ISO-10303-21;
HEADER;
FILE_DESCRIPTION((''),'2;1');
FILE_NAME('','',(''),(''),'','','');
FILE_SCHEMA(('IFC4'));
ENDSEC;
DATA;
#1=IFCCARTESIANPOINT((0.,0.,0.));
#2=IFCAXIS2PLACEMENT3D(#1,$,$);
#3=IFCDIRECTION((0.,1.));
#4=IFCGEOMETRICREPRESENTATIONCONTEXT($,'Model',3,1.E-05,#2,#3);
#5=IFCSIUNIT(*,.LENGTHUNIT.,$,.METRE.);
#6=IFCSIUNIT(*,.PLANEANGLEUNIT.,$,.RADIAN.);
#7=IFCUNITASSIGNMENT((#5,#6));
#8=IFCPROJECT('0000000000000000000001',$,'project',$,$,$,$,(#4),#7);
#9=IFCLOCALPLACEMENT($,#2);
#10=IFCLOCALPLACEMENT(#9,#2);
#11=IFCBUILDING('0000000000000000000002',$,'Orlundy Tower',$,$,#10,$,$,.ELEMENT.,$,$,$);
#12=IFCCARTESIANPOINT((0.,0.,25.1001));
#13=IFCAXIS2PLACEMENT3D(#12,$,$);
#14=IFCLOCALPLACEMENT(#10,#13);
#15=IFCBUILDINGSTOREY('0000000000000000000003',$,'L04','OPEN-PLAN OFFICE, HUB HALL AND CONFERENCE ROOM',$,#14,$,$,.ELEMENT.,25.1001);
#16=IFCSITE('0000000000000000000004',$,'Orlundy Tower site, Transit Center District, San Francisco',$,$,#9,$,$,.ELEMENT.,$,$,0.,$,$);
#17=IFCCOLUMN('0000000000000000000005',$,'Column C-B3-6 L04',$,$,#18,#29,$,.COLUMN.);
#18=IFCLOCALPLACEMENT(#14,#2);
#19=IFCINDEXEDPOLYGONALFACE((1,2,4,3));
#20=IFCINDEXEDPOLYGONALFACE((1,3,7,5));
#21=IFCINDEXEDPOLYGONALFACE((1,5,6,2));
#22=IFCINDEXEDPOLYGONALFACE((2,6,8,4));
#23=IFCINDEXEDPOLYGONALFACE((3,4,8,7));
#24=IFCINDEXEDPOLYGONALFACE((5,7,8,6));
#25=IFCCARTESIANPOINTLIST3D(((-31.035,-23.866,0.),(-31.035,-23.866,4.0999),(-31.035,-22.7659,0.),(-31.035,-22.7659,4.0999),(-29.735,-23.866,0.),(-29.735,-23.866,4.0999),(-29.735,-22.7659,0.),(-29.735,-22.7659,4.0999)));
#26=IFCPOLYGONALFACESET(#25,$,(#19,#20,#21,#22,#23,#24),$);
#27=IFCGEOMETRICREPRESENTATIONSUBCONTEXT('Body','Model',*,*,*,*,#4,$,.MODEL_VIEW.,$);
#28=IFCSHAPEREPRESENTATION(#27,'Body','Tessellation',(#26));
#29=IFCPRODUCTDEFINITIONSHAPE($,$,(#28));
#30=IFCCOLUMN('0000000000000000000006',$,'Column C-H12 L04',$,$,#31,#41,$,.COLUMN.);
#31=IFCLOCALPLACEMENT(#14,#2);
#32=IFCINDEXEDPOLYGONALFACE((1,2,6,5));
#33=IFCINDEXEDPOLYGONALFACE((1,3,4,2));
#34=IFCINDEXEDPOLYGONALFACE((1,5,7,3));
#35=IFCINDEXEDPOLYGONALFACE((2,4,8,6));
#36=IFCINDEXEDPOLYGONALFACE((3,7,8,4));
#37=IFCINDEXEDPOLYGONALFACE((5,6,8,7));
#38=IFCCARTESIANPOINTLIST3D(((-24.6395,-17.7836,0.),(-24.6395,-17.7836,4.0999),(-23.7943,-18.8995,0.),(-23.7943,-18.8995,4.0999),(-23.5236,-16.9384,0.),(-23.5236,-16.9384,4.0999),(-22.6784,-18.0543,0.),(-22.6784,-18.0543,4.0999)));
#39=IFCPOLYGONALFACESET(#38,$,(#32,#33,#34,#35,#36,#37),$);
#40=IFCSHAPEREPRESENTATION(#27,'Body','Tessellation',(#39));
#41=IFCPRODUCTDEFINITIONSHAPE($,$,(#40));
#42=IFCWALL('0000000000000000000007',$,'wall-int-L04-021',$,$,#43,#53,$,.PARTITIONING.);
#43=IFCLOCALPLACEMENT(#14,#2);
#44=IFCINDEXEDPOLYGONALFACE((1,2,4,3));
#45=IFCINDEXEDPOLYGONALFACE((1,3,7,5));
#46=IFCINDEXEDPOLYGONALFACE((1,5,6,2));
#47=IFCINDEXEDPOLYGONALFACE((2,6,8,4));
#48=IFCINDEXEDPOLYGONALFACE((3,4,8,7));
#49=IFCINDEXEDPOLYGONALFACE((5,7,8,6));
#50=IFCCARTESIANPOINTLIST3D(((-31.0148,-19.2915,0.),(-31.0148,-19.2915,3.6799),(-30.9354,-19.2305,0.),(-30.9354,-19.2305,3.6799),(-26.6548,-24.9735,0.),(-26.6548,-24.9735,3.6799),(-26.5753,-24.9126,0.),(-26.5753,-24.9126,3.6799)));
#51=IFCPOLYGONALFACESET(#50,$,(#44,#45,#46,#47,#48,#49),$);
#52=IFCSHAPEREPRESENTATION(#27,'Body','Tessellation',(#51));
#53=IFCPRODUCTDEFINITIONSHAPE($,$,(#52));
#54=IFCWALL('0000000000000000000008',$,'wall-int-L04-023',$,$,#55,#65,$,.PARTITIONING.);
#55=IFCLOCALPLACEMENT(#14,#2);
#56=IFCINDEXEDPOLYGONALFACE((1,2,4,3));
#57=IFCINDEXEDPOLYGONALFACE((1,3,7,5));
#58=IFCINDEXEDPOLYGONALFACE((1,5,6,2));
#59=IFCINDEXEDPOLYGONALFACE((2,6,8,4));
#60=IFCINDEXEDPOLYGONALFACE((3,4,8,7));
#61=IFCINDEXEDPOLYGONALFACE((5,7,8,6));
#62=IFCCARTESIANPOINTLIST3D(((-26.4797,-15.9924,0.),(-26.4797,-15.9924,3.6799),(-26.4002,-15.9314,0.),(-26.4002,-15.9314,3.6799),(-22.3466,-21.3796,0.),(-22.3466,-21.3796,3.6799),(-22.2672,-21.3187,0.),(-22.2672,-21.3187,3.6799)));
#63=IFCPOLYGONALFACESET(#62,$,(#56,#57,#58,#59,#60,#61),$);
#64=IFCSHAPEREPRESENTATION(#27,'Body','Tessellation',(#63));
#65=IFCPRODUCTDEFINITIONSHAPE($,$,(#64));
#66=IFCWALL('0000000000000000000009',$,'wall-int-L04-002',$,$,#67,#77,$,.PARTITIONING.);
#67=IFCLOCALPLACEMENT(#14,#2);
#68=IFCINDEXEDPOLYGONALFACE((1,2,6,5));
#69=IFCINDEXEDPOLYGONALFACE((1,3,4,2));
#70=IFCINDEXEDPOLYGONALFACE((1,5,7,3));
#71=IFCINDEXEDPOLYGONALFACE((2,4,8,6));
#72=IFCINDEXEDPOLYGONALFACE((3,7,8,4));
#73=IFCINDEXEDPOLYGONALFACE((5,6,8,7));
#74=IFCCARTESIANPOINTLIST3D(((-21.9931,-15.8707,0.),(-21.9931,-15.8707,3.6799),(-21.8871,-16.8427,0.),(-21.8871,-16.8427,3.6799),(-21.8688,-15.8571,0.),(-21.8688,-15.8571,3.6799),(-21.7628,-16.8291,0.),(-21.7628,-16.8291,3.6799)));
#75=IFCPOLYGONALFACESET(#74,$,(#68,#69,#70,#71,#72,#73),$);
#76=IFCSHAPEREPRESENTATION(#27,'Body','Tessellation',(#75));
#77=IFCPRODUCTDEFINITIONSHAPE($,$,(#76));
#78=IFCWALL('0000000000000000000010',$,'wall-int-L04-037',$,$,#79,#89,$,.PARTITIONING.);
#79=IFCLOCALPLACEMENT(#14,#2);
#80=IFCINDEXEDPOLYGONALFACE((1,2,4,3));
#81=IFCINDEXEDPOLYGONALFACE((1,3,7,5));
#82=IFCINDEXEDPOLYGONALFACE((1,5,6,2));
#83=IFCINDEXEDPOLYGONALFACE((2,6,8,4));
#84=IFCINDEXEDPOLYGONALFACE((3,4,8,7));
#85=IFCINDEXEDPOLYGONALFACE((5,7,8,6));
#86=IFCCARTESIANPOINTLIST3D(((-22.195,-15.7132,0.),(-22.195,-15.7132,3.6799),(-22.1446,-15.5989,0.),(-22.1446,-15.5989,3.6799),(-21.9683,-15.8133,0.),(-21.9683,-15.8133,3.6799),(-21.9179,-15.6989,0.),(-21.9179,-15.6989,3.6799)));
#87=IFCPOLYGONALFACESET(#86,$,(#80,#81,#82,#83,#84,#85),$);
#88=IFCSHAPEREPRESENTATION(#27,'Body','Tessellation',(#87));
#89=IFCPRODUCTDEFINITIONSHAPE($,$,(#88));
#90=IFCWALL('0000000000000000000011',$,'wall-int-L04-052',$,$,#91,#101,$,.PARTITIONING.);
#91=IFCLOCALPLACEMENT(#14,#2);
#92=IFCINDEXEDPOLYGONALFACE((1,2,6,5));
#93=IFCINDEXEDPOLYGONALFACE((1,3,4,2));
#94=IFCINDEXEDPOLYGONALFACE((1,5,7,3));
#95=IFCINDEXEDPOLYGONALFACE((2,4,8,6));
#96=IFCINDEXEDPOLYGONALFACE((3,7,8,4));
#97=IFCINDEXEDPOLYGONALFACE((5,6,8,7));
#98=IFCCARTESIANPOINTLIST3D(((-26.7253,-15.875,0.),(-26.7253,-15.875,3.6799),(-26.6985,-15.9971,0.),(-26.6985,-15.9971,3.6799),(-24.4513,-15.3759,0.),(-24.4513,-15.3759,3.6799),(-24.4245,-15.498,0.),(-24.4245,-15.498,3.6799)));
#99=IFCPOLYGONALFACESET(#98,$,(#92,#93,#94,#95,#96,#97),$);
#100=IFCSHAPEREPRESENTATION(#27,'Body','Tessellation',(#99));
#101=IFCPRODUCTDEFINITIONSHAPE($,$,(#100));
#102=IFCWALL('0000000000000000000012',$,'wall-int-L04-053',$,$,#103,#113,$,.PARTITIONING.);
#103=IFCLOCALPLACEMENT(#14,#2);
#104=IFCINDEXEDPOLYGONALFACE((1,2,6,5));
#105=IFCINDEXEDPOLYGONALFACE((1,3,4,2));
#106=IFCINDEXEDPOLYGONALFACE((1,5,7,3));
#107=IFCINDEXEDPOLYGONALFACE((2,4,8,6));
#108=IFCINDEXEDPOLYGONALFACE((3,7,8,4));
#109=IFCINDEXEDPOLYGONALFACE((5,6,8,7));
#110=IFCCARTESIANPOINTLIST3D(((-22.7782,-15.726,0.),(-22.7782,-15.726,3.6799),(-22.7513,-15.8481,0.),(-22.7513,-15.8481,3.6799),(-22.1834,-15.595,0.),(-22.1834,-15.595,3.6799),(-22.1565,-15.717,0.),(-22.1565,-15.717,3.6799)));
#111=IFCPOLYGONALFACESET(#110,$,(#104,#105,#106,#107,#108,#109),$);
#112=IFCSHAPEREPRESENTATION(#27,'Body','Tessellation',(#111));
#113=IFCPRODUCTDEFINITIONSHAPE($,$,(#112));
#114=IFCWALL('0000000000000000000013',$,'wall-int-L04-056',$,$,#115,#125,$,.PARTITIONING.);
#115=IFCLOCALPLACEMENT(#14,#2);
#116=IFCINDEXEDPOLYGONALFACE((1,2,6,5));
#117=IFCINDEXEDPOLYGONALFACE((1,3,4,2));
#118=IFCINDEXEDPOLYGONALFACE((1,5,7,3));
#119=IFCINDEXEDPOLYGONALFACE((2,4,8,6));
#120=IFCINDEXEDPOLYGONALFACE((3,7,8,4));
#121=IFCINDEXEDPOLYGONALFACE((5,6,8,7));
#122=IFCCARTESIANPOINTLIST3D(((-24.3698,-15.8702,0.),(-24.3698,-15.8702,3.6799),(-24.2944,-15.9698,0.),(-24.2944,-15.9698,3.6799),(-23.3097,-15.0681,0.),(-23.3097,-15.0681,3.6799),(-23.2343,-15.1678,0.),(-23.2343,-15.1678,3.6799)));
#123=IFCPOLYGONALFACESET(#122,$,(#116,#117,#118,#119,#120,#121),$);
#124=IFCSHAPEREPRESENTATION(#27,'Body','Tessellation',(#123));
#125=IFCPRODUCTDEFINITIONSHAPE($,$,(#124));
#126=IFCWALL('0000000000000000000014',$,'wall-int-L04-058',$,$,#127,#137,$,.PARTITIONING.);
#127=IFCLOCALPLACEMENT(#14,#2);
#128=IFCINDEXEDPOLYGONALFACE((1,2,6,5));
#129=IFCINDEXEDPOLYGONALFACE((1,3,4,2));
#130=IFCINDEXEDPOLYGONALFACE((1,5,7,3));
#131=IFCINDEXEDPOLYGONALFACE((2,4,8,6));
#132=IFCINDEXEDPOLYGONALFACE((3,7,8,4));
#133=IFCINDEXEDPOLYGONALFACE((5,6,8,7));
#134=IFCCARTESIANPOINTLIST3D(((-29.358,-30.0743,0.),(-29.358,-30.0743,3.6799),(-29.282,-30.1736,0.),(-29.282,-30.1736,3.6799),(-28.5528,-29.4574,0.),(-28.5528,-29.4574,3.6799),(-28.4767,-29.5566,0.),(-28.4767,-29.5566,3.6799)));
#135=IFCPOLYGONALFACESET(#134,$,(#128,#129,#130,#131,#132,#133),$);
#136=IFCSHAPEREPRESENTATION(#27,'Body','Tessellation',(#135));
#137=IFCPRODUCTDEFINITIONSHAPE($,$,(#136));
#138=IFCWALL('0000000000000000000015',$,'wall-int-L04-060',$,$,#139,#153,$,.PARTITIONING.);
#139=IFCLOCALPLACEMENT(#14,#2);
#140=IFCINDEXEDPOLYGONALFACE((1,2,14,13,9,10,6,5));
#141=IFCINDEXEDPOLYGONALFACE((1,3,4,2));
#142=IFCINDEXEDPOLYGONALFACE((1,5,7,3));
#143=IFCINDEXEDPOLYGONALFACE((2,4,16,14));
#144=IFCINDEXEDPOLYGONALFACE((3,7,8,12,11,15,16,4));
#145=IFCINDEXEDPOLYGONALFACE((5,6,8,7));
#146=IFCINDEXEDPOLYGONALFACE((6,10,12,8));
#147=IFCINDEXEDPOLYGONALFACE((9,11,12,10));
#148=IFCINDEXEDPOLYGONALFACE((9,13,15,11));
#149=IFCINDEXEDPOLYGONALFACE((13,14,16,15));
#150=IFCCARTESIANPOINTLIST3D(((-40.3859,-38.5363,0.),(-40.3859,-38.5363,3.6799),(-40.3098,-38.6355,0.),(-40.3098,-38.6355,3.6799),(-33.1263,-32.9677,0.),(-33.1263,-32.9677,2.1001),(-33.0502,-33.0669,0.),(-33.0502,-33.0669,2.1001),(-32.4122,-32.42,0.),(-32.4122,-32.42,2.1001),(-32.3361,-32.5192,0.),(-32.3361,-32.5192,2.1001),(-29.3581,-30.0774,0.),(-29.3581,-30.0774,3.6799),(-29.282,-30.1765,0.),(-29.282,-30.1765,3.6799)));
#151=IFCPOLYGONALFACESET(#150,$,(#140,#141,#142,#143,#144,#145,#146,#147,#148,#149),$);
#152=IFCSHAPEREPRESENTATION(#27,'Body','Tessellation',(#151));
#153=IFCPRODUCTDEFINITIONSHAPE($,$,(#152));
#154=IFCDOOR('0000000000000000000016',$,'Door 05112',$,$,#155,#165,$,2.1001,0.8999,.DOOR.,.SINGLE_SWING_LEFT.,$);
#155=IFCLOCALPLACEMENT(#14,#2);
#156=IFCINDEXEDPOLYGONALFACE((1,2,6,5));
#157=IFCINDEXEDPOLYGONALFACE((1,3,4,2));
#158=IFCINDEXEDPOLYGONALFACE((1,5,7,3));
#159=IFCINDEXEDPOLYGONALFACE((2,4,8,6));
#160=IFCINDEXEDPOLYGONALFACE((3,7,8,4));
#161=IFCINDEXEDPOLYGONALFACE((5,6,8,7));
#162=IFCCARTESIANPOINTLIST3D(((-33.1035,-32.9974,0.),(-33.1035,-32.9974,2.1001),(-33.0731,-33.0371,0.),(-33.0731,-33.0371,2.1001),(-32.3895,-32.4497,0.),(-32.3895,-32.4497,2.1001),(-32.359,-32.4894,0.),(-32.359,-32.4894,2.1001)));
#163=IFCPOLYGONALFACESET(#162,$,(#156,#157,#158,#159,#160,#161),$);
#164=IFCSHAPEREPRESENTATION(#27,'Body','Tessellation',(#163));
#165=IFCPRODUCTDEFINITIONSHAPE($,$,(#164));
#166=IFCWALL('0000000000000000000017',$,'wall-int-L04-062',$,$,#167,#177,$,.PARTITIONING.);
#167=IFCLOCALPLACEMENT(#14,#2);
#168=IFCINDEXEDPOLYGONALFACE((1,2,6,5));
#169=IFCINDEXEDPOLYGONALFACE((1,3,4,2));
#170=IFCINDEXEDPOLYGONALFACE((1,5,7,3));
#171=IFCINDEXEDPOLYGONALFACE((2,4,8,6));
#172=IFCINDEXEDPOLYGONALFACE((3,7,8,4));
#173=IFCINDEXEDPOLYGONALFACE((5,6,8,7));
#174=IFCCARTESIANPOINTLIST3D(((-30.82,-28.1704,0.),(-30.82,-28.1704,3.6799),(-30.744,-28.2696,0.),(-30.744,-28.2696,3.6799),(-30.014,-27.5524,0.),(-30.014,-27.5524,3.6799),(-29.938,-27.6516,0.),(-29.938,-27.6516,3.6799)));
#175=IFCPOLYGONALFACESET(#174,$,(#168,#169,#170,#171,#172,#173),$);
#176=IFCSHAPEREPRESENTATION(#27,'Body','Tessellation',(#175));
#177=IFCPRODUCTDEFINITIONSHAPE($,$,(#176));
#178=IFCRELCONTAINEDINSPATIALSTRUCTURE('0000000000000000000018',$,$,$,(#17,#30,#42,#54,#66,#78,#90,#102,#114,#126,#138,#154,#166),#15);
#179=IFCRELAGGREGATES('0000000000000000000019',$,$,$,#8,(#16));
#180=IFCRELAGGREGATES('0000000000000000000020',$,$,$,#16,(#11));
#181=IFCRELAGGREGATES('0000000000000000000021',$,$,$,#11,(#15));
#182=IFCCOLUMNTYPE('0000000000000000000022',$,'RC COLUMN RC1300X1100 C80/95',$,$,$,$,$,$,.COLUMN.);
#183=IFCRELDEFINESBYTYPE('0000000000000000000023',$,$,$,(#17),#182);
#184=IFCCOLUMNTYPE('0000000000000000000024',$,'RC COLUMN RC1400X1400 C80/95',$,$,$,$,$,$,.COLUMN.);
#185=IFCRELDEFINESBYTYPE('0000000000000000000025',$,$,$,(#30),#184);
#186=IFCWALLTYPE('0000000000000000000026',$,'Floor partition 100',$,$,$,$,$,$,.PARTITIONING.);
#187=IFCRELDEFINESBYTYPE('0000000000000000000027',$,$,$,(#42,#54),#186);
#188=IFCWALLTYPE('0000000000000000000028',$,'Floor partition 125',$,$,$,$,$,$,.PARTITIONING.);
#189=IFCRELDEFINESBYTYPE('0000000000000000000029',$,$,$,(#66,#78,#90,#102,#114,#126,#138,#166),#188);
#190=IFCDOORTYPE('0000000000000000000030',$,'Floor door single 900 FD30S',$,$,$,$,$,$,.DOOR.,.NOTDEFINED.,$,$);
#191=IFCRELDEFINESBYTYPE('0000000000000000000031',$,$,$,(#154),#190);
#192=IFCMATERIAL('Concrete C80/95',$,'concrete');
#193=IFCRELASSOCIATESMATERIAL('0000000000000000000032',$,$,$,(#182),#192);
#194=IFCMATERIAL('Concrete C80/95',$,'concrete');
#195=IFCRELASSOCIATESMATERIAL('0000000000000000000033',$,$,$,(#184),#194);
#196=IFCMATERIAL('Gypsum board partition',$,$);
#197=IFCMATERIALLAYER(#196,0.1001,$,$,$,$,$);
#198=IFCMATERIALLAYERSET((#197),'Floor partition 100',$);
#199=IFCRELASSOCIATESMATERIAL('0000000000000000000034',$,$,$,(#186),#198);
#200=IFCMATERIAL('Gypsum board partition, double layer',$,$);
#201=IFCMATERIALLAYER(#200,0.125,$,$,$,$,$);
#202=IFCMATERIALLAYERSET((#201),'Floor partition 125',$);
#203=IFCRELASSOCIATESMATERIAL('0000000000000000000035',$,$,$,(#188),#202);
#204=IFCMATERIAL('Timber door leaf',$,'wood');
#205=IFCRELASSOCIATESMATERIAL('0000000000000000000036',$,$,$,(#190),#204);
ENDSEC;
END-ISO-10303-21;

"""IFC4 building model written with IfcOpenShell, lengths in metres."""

from ifc_helpers import new_model, si_unit, direction, frame, frame_2d, origin, origin_2d, place, context, subcontext, project, spatial, rectangle, extrude, material, layer, layer_set, material_profile, profile_set, type_object, element, fill, save


model = new_model("IFC4")

# Units and contexts
model_context = context("Model", 3, precision=1e-05, world=origin(), true_north=direction((0.0, 1.0)))
body_context = subcontext(model_context, "Body", "Model", "MODEL_VIEW")
ifc_project = project(units=[si_unit("LENGTHUNIT", "METRE"), si_unit("PLANEANGLEUNIT", "RADIAN")], contexts=[model_context])

# Site, building, storey
site_placement = place(None, origin())
site = spatial("IfcSite", under=ifc_project, at=site_placement, Name="Orlundy Tower site, Transit Center District, San Francisco", CompositionType="ELEMENT", RefElevation=0.0)
building_placement = place(site_placement, origin())
building = spatial("IfcBuilding", under=site, at=building_placement, Name="Orlundy Tower", CompositionType="ELEMENT")
storey_placement = place(building_placement, frame((0.0, 0.0, 25.1001)))
storey = spatial("IfcBuildingStorey", under=building, at=storey_placement, Name="L04", Description="OPEN-PLAN OFFICE, HUB HALL AND CONFERENCE ROOM", CompositionType="ELEMENT", Elevation=25.1001)

# Columns
ifc_material_1 = material(Name="Concrete C80/95", Category="concrete")
ifc_material_profile_1 = material_profile(ifc_material_1, rectangle(XDim=1.3, YDim=1.1001, at=origin_2d()), Name="RC1300X1100")
ifc_profile_set_1 = profile_set([ifc_material_profile_1], Name="Concrete C80/95")
column_type_1 = type_object("IfcColumnType", Name="RC COLUMN RC1300X1100 C80/95", PredefinedType="COLUMN", material=ifc_profile_set_1)
column_1_placement = place(storey_placement, frame((-30.385, -23.3159, 0.0), z_axis=(0.0, 0.0, 1.0), x_axis=(1.0, 0.0, 0.0)))
element("IfcColumn", 1, at=column_1_placement, inside=storey, type_object=column_type_1, Name="Column C-B3-6 L04", PredefinedType="COLUMN", context=body_context, shape_type="SweptSolid", body=[
    extrude(rectangle(XDim=1.3, YDim=1.1001, at=origin_2d()), origin(), (0.0, 0.0, 1.0), 4.0999),
])
ifc_material_2 = material(Name="Concrete C80/95", Category="concrete")
ifc_material_profile_2 = material_profile(ifc_material_2, rectangle(XDim=1.3999, YDim=1.3999, at=origin_2d()), Name="RC1400X1400")
ifc_profile_set_2 = profile_set([ifc_material_profile_2], Name="Concrete C80/95")
column_type_2 = type_object("IfcColumnType", Name="RC COLUMN RC1400X1400 C80/95", PredefinedType="COLUMN", material=ifc_profile_set_2)
column_2_placement = place(storey_placement, frame((-23.6589, -17.9189, 0.0), z_axis=(0.0, 0.0, 1.0), x_axis=(-0.797163, -0.603765, 0.0)))
element("IfcColumn", 2, at=column_2_placement, inside=storey, type_object=column_type_2, Name="Column C-H12 L04", PredefinedType="COLUMN", context=body_context, shape_type="SweptSolid", body=[
    extrude(rectangle(XDim=1.3999, YDim=1.3999, at=origin_2d()), origin(), (0.0, 0.0, 1.0), 4.0999),
])

# Walls
ifc_material_3 = material(Name="Gypsum board partition")
ifc_layer_1 = layer(ifc_material_3, 0.1001)
ifc_layer_set_1 = layer_set([ifc_layer_1], Name="Floor partition 100")
wall_type_1 = type_object("IfcWallType", Name="Floor partition 100", PredefinedType="PARTITIONING", material=ifc_layer_set_1)
wall_1_placement = place(storey_placement, frame((-30.9751, -19.261, 0.0), z_axis=(0.0, 0.0, 1.0), x_axis=(0.608766, -0.79335, 0.0)))
element("IfcWall", 3, at=wall_1_placement, inside=storey, type_object=wall_type_1, Name="wall-int-L04-021", PredefinedType="PARTITIONING", context=body_context, shape_type="SweptSolid", body=[
    extrude(rectangle(XDim=7.1621, YDim=0.1001, at=frame_2d((3.5811, 0.0))), origin(), (0.0, 0.0, 1.0), 3.6799),
])
wall_2_placement = place(storey_placement, frame((-26.4399, -15.9619, 0.0), z_axis=(0.0, 0.0, 1.0), x_axis=(0.608697, -0.793403, 0.0)))
element("IfcWall", 4, at=wall_2_placement, inside=storey, type_object=wall_type_1, Name="wall-int-L04-023", PredefinedType="PARTITIONING", context=body_context, shape_type="SweptSolid", body=[
    extrude(rectangle(XDim=6.79, YDim=0.1001, at=frame_2d((3.395, 0.0))), origin(), (0.0, 0.0, 1.0), 3.6799),
])
ifc_material_4 = material(Name="Gypsum board partition, double layer")
ifc_layer_2 = layer(ifc_material_4, 0.125)
ifc_layer_set_2 = layer_set([ifc_layer_2], Name="Floor partition 125")
wall_type_2 = type_object("IfcWallType", Name="Floor partition 125", PredefinedType="PARTITIONING", material=ifc_layer_set_2)
wall_3_placement = place(storey_placement, frame((-21.9309, -15.864, 0.0), z_axis=(0.0, 0.0, 1.0), x_axis=(0.108376, -0.99411, 0.0)))
element("IfcWall", 5, at=wall_3_placement, inside=storey, type_object=wall_type_2, Name="wall-int-L04-002", PredefinedType="PARTITIONING", context=body_context, shape_type="SweptSolid", body=[
    extrude(rectangle(XDim=0.9778, YDim=0.125, at=frame_2d((0.4888, 0.0))), origin(), (0.0, 0.0, 1.0), 3.6799),
])
wall_4_placement = place(storey_placement, frame((-22.1699, -15.656, 0.0), z_axis=(0.0, 0.0, 1.0), x_axis=(0.914864, -0.403761, 0.0)))
element("IfcWall", 6, at=wall_4_placement, inside=storey, type_object=wall_type_2, Name="wall-int-L04-037", PredefinedType="PARTITIONING", context=body_context, shape_type="SweptSolid", body=[
    extrude(rectangle(XDim=0.2478, YDim=0.125, at=frame_2d((0.124, 0.0))), origin(), (0.0, 0.0, 1.0), 3.6799),
])
wall_5_placement = place(storey_placement, frame((-26.7119, -15.936, 0.0), z_axis=(0.0, 0.0, 1.0), x_axis=(0.976756, 0.214354, 0.0)))
element("IfcWall", 7, at=wall_5_placement, inside=storey, type_object=wall_type_2, Name="wall-int-L04-052", PredefinedType="PARTITIONING", context=body_context, shape_type="SweptSolid", body=[
    extrude(rectangle(XDim=2.3281, YDim=0.125, at=frame_2d((1.1641, 0.0))), origin(), (0.0, 0.0, 1.0), 3.6799),
])
wall_6_placement = place(storey_placement, frame((-22.7649, -15.7871, 0.0), z_axis=(0.0, 0.0, 1.0), x_axis=(0.976572, 0.21519, 0.0)))
element("IfcWall", 8, at=wall_6_placement, inside=storey, type_object=wall_type_2, Name="wall-int-L04-053", PredefinedType="PARTITIONING", context=body_context, shape_type="SweptSolid", body=[
    extrude(rectangle(XDim=0.6091, YDim=0.125, at=frame_2d((0.3047, 0.0))), origin(), (0.0, 0.0, 1.0), 3.6799),
])
wall_7_placement = place(storey_placement, frame((-24.332, -15.9199, 0.0), z_axis=(0.0, 0.0, 1.0), x_axis=(0.79748, 0.603345, 0.0)))
element("IfcWall", 9, at=wall_7_placement, inside=storey, type_object=wall_type_2, Name="wall-int-L04-056", PredefinedType="PARTITIONING", context=body_context, shape_type="SweptSolid", body=[
    extrude(rectangle(XDim=1.3293, YDim=0.125, at=frame_2d((0.6646, 0.0))), origin(), (0.0, 0.0, 1.0), 3.6799),
])
wall_8_placement = place(storey_placement, frame((-29.3201, -30.124, 0.0), z_axis=(0.0, 0.0, 1.0), x_axis=(0.793777, 0.608209, 0.0)))
element("IfcWall", 10, at=wall_8_placement, inside=storey, type_object=wall_type_2, Name="wall-int-L04-058", PredefinedType="PARTITIONING", context=body_context, shape_type="SweptSolid", body=[
    extrude(rectangle(XDim=1.0144, YDim=0.125, at=frame_2d((0.5073, 0.0))), origin(), (0.0, 0.0, 1.0), 3.6799),
])

# Wall, opening, door
wall_9_placement = place(storey_placement, frame((-29.3201, -30.127, 0.0), z_axis=(0.0, 0.0, 1.0), x_axis=(-0.793456, -0.608627, 0.0)))
wall_9 = element("IfcWall", 11, at=wall_9_placement, inside=storey, type_object=wall_type_2, Name="wall-int-L04-060", PredefinedType="PARTITIONING", context=body_context, shape_type="SweptSolid", body=[
    extrude(rectangle(XDim=13.8984, YDim=0.125, at=frame_2d((6.9492, 0.0))), origin(), (0.0, 0.0, 1.0), 3.6799),
])
opening_1_placement = place(wall_9_placement, frame((3.8491, 0.0, 0.0)))
opening_1 = element("IfcOpeningElement", 12, at=opening_1_placement, cuts=wall_9, PredefinedType="OPENING", context=body_context, shape_type="SweptSolid", body=[
    extrude(rectangle(XDim=0.8999, YDim=2.1001, at=frame_2d((0.45, 1.05))), frame((0.0, 0.0725, 0.0), z_axis=(0.0, -1.0, 0.0), x_axis=(1.0, 0.0, 0.0)), (0.0, 0.0, 1.0), 0.145),
])
ifc_material_5 = material(Name="Timber door leaf", Category="wood")
door_type_1 = type_object("IfcDoorType", Name="Floor door single 900 FD30S", OperationType="NOTDEFINED", PredefinedType="DOOR", material=ifc_material_5)
door_1_placement = place(opening_1_placement, origin())
door_1 = element("IfcDoor", 13, at=door_1_placement, inside=storey, type_object=door_type_1, Name="Door 05112", OperationType="SINGLE_SWING_LEFT", OverallHeight=2.1001, OverallWidth=0.8999, PredefinedType="DOOR", context=body_context, shape_type="SweptSolid", body=[
    extrude(rectangle(XDim=0.8999, YDim=2.1001, at=frame_2d((0.45, 1.05))), frame((0.0, 0.0249, 0.0), z_axis=(0.0, -1.0, 0.0), x_axis=(1.0, 0.0, 0.0)), (0.0, 0.0, 1.0), 0.05),
])
fill(opening_1, door_1)

# Wall
wall_10_placement = place(storey_placement, frame((-30.782, -28.22, 0.0), z_axis=(0.0, 0.0, 1.0), x_axis=(0.793579, 0.608467, 0.0)))
element("IfcWall", 14, at=wall_10_placement, inside=storey, type_object=wall_type_2, Name="wall-int-L04-062", PredefinedType="PARTITIONING", context=body_context, shape_type="SweptSolid", body=[
    extrude(rectangle(XDim=1.0156, YDim=0.125, at=frame_2d((0.5078, 0.0))), origin(), (0.0, 0.0, 1.0), 3.6799),
])

save(model, "model.ifc")
